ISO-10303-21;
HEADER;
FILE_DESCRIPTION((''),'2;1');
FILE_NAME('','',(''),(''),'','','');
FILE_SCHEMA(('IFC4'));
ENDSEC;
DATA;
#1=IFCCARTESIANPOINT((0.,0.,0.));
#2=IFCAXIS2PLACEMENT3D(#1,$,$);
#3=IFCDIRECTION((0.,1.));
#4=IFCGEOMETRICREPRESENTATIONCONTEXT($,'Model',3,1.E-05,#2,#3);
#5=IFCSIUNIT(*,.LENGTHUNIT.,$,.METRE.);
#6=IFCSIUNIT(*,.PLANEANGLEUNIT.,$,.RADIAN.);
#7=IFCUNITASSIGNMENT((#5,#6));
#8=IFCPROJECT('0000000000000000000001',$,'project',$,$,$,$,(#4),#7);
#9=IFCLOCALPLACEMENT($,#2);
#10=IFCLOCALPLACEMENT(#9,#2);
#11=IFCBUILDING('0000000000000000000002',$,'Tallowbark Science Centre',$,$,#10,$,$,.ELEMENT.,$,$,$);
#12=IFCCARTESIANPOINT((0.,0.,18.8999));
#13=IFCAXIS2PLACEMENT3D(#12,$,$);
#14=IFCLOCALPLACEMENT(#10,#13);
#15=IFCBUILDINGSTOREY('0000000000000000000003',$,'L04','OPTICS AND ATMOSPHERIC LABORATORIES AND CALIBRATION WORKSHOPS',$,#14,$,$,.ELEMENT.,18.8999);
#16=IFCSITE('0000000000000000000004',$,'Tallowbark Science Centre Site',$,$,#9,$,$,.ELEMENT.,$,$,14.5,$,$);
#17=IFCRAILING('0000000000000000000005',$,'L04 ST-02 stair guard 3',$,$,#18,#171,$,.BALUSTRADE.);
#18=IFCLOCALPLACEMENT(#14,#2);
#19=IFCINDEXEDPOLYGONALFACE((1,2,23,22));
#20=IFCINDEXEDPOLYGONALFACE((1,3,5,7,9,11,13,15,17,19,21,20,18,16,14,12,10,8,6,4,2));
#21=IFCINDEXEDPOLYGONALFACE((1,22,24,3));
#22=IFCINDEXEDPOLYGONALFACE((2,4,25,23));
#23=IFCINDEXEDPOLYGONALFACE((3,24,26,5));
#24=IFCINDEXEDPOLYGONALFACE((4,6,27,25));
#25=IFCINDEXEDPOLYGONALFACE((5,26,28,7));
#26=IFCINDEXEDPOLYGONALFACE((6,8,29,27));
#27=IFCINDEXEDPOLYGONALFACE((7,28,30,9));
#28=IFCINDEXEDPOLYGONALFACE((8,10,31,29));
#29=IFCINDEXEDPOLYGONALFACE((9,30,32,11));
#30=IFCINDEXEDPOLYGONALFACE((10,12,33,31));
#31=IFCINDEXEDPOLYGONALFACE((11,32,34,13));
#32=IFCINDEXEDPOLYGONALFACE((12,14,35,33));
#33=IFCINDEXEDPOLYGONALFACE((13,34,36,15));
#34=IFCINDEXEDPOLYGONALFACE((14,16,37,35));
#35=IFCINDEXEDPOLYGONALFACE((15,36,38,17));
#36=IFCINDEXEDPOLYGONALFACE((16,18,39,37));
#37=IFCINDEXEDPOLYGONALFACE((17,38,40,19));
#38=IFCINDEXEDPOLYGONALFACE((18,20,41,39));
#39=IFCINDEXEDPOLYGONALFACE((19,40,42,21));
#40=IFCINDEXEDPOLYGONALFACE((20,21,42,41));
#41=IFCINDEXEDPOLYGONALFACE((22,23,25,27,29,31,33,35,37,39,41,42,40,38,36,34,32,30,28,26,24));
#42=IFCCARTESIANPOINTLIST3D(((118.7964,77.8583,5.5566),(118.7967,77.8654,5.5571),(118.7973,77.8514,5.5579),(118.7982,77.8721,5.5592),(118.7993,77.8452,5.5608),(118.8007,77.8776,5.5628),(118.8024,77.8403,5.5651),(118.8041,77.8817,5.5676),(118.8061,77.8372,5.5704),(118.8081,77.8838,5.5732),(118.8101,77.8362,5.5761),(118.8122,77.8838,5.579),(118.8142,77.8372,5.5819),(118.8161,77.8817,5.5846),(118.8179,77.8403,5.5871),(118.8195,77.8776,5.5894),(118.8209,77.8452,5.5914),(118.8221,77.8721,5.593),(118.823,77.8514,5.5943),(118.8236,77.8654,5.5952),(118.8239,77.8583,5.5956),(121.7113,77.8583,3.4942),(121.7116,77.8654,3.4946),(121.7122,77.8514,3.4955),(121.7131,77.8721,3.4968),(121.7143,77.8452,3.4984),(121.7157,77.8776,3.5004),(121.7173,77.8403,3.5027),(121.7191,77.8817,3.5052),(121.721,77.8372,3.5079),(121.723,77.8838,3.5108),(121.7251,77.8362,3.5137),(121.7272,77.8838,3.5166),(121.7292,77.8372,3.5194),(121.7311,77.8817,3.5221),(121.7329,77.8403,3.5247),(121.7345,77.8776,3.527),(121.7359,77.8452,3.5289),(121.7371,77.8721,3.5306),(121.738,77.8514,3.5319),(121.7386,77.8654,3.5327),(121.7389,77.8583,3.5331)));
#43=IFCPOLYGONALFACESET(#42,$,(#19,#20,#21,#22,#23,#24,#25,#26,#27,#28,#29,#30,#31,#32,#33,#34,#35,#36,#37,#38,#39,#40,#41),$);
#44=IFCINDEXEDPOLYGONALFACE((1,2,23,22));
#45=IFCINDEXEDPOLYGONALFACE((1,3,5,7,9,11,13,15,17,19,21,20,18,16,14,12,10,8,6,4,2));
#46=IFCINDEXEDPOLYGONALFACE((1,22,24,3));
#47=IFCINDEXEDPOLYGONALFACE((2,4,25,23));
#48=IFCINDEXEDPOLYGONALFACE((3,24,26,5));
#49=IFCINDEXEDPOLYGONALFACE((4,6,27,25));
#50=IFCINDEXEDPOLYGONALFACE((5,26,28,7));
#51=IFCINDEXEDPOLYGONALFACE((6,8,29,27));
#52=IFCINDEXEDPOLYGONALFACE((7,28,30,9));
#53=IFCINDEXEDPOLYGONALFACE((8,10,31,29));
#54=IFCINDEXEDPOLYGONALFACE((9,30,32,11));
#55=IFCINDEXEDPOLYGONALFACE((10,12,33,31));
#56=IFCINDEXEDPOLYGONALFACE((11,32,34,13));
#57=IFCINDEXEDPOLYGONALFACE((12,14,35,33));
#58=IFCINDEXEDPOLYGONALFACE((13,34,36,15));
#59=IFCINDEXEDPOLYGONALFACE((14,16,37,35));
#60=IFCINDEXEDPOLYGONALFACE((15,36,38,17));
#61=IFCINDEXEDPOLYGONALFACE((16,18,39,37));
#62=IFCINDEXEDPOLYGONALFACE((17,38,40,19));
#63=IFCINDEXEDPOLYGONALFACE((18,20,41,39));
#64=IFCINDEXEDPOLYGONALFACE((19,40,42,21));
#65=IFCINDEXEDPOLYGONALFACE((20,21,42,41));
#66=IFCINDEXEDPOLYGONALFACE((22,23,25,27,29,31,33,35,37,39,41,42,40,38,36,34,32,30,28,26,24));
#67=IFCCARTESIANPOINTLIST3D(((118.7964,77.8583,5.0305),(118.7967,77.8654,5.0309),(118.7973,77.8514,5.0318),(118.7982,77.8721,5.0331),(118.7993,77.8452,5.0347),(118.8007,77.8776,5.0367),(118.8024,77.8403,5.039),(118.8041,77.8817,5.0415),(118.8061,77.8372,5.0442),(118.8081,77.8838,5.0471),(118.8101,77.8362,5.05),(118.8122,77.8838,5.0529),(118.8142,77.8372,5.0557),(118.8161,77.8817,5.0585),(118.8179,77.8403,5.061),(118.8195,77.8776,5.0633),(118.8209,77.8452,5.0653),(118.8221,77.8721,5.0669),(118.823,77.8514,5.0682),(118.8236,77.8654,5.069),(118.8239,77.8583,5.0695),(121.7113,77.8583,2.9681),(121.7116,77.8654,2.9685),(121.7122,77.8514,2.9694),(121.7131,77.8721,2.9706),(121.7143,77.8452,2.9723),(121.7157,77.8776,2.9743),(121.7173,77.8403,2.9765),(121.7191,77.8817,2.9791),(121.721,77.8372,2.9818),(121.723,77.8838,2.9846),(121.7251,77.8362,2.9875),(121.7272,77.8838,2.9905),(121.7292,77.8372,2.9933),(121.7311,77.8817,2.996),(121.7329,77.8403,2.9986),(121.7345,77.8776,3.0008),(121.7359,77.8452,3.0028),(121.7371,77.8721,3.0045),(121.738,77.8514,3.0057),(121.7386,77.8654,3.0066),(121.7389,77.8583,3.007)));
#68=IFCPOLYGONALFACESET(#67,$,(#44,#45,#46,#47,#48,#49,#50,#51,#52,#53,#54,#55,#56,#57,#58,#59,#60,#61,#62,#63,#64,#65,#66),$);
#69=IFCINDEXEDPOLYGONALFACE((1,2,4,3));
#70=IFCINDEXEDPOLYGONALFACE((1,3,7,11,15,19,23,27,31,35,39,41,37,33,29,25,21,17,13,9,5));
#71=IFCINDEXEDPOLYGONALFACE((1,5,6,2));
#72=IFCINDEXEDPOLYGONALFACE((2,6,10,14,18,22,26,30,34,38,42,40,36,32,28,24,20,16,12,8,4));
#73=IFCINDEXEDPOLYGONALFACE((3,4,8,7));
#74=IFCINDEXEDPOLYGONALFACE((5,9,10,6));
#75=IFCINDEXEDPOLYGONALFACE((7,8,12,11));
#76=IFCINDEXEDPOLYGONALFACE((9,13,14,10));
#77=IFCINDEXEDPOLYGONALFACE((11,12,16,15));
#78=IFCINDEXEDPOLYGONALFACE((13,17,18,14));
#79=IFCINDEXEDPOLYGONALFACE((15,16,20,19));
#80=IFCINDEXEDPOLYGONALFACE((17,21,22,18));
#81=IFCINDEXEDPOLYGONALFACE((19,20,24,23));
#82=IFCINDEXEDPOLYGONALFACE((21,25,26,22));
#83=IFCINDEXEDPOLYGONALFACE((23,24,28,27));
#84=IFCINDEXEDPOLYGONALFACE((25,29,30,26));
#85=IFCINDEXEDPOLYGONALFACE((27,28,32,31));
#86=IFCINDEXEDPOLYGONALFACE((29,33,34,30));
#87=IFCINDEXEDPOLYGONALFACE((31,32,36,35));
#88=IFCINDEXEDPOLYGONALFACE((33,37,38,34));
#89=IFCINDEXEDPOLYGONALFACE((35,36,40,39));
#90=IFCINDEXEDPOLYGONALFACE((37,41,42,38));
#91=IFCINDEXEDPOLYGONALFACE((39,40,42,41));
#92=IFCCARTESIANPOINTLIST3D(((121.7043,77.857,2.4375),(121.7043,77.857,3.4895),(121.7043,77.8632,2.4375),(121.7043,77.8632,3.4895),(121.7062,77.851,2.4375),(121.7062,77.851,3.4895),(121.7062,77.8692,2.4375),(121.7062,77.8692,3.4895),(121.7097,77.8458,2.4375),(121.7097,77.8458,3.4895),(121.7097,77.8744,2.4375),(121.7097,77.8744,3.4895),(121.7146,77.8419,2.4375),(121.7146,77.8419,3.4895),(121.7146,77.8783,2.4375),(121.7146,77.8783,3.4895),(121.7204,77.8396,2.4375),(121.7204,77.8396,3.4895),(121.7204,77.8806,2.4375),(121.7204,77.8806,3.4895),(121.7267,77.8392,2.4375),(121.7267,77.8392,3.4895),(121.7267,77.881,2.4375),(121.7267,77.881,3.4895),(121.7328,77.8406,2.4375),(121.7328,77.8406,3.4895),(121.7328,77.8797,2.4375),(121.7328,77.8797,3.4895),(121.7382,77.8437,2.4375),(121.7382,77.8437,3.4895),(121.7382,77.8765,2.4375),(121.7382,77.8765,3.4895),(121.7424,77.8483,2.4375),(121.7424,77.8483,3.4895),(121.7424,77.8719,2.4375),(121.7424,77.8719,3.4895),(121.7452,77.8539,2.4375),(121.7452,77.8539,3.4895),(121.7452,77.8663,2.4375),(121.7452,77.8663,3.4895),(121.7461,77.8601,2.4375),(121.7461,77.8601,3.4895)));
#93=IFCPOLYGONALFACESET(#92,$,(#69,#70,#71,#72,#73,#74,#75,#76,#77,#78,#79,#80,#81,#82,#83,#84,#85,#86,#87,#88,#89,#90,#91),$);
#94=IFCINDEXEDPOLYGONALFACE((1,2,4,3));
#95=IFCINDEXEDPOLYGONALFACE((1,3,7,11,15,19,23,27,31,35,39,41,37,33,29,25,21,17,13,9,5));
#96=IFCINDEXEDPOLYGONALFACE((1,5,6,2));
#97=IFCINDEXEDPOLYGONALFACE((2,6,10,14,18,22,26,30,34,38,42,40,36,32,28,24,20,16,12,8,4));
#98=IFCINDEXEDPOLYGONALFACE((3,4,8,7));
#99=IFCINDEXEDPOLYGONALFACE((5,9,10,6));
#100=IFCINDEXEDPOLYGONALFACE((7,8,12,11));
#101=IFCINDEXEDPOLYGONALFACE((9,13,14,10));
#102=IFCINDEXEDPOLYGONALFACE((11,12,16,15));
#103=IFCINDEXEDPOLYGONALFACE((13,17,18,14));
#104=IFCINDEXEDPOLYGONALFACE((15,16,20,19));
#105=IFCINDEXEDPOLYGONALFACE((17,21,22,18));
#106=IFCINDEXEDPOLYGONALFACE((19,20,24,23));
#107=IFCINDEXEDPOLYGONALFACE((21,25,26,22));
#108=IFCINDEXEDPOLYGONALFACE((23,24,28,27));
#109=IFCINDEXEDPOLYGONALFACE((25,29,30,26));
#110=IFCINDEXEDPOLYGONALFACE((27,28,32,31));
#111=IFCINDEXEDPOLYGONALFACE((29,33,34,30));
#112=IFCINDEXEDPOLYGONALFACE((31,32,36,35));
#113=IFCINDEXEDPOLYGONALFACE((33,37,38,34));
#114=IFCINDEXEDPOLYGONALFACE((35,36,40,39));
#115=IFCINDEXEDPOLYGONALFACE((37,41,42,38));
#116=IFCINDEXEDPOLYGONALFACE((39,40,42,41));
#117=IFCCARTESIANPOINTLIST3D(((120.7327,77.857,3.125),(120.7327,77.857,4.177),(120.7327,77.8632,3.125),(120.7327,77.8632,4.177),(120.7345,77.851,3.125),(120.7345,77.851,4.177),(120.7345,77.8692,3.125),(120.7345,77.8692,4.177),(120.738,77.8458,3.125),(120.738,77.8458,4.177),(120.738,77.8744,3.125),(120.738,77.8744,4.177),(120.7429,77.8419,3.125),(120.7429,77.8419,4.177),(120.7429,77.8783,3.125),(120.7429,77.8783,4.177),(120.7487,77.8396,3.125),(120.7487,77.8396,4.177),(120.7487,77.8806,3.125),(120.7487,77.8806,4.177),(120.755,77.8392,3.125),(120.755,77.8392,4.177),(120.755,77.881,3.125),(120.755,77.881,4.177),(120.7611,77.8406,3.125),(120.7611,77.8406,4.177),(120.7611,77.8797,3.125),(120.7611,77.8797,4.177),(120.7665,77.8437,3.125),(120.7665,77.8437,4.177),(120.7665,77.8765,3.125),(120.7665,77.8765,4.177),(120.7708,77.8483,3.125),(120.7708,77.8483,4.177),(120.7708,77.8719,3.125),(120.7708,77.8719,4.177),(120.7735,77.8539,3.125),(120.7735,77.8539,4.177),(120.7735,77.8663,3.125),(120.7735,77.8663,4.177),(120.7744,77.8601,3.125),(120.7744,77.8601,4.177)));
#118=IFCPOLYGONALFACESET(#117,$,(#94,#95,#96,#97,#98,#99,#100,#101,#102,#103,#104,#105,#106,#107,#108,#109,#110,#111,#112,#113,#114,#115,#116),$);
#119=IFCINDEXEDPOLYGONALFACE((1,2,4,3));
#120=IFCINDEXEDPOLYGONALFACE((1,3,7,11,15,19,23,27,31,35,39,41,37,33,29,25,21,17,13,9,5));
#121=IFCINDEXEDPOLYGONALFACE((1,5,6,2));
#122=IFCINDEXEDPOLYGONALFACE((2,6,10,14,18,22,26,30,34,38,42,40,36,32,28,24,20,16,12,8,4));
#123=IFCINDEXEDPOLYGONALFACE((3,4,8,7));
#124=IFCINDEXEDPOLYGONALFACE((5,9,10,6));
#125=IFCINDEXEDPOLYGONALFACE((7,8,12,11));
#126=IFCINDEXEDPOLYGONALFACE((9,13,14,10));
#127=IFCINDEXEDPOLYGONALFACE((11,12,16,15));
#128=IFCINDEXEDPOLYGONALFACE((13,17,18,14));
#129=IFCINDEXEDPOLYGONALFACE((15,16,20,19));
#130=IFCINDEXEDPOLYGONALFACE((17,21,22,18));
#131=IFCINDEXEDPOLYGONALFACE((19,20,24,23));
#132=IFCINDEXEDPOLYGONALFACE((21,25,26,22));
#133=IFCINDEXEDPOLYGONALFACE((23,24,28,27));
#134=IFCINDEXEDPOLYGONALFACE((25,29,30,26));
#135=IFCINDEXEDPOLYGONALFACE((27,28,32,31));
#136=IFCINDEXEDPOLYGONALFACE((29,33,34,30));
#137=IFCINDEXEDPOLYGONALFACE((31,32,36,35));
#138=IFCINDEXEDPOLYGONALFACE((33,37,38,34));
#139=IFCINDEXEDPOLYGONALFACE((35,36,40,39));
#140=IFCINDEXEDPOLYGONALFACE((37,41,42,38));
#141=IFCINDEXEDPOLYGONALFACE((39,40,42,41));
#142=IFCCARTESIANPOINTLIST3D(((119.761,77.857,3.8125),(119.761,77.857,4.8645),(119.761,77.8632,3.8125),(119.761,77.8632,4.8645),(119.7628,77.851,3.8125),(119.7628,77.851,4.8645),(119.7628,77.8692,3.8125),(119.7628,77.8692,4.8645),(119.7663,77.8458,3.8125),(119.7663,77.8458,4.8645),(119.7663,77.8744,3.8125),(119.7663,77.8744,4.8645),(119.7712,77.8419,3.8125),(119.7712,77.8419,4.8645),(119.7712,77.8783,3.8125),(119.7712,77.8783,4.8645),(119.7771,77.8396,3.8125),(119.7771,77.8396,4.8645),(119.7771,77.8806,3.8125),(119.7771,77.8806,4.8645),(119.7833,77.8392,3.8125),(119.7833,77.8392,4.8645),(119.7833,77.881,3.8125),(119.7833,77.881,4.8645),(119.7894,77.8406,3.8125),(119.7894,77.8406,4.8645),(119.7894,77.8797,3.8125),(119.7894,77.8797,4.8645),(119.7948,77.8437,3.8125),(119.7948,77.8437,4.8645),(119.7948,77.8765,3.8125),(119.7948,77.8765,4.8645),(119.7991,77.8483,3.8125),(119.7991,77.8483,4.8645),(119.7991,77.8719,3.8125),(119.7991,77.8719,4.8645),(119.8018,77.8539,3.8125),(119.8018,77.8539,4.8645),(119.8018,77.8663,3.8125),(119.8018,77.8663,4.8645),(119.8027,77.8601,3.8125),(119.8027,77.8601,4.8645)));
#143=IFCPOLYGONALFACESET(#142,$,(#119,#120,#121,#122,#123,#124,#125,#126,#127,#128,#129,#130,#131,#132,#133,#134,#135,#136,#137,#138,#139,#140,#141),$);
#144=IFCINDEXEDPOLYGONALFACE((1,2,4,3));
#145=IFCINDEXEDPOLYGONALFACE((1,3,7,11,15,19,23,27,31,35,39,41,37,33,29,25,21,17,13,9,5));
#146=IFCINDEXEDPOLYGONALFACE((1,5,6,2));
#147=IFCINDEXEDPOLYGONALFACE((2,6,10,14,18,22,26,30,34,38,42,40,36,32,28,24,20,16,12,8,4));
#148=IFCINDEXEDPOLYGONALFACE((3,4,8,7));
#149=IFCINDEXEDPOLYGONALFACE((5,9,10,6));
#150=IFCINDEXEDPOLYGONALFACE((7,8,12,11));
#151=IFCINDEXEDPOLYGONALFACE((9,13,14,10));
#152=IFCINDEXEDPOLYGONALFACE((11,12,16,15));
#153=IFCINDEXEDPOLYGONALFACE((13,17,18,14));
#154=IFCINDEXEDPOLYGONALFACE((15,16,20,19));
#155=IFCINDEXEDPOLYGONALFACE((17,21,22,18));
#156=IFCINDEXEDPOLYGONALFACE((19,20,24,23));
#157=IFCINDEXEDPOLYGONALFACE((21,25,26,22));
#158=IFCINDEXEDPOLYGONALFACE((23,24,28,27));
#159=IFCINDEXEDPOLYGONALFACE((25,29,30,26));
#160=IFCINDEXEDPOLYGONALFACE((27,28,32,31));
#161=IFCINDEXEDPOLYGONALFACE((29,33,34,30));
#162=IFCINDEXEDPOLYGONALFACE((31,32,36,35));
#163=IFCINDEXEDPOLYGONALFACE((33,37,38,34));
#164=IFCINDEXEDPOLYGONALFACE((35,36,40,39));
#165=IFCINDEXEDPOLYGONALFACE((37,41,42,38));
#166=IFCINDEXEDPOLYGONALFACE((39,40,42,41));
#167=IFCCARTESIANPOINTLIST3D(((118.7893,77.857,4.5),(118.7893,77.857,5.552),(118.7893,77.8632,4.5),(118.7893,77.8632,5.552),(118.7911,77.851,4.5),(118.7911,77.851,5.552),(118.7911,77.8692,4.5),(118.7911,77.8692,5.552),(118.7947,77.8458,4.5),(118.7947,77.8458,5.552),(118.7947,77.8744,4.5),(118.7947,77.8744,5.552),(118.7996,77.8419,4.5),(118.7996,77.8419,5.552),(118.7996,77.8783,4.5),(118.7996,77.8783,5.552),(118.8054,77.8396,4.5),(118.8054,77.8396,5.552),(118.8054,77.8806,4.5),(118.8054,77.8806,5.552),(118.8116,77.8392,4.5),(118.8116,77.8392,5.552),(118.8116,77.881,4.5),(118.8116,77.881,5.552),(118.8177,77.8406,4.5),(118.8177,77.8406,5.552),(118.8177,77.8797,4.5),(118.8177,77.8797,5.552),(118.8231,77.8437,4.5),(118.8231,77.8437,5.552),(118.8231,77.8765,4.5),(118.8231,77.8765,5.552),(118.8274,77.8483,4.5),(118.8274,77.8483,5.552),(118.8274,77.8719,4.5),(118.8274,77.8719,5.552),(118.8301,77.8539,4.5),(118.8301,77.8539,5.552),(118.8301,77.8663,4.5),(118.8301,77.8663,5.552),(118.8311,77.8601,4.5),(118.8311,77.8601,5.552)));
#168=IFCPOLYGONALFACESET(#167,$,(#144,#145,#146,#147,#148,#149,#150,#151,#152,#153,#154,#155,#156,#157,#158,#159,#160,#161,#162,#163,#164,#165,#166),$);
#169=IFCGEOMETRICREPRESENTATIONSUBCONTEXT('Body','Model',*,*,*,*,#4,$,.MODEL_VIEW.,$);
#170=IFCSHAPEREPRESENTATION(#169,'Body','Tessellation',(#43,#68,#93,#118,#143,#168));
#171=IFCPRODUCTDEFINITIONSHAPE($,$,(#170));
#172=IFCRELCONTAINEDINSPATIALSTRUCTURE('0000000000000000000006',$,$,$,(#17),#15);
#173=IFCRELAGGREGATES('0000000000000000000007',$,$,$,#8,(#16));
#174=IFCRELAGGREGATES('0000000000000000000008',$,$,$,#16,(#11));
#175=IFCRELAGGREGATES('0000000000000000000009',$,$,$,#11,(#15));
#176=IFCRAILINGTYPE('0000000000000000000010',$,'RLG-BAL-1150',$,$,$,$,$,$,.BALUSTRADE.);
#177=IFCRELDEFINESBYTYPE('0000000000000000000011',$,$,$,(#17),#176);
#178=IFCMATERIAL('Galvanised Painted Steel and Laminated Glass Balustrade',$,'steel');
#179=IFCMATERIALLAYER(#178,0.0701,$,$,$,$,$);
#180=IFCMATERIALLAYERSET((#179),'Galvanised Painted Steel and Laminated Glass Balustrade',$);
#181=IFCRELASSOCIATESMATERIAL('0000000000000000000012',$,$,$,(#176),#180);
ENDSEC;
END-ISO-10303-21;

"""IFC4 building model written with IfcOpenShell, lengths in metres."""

from ifc_helpers import new_model, si_unit, direction, frame, origin, origin_2d, place, context, subcontext, project, spatial, circle, extrude, material, layer, layer_set, type_object, element, save


model = new_model("IFC4")

# Units and contexts
model_context = context("Model", 3, precision=1e-05, world=origin(), true_north=direction((0.0, 1.0)))
body_context = subcontext(model_context, "Body", "Model", "MODEL_VIEW")
ifc_project = project(units=[si_unit("LENGTHUNIT", "METRE"), si_unit("PLANEANGLEUNIT", "RADIAN")], contexts=[model_context])

# Site, building, storey
site_placement = place(None, origin())
site = spatial("IfcSite", under=ifc_project, at=site_placement, Name="Tallowbark Science Centre Site", CompositionType="ELEMENT", RefElevation=14.5)
building_placement = place(site_placement, origin())
building = spatial("IfcBuilding", under=site, at=building_placement, Name="Tallowbark Science Centre", CompositionType="ELEMENT")
storey_placement = place(building_placement, frame((0.0, 0.0, 18.8999)))
storey = spatial("IfcBuildingStorey", under=building, at=storey_placement, Name="L04", Description="OPTICS AND ATMOSPHERIC LABORATORIES AND CALIBRATION WORKSHOPS", CompositionType="ELEMENT", Elevation=18.8999)

# Railing
ifc_material_1 = material(Name="Galvanised Painted Steel and Laminated Glass Balustrade", Category="steel")
ifc_layer_1 = layer(ifc_material_1, 0.0701)
ifc_layer_set_1 = layer_set([ifc_layer_1], Name="Galvanised Painted Steel and Laminated Glass Balustrade")
railing_type_1 = type_object("IfcRailingType", Name="RLG-BAL-1150", PredefinedType="BALUSTRADE", material=ifc_layer_set_1)
railing_1_placement = place(storey_placement, frame((121.7251, 77.8601, 2.4375)))
element("IfcRailing", 1, at=railing_1_placement, inside=storey, type_object=railing_type_1, Name="L04 ST-02 stair guard 3", PredefinedType="BALUSTRADE", context=body_context, shape_type="SweptSolid", body=[
    extrude(circle(Radius=0.0239, at=origin_2d()), frame((0.0, 0.0, 1.0762), z_axis=(-0.816331, 0.0, 0.577585), x_axis=(0.0, -1.0, 0.0)), (0.0, 0.0, 1.0), 3.5708),
    extrude(circle(Radius=0.0239, at=origin_2d()), frame((0.0, 0.0, 0.55), z_axis=(-0.816331, 0.0, 0.577585), x_axis=(0.0, -1.0, 0.0)), (0.0, 0.0, 1.0), 3.5708),
    extrude(circle(Radius=0.021, at=origin_2d()), origin(), (0.0, 0.0, 1.0), 1.052),
    extrude(circle(Radius=0.021, at=origin_2d()), frame((-0.9717, 0.0, 0.6875)), (0.0, 0.0, 1.0), 1.052),
    extrude(circle(Radius=0.021, at=origin_2d()), frame((-1.9434, 0.0, 1.375)), (0.0, 0.0, 1.0), 1.052),
    extrude(circle(Radius=0.021, at=origin_2d()), frame((-2.915, 0.0, 2.0625)), (0.0, 0.0, 1.0), 1.052),
])

save(model, "model.ifc")
